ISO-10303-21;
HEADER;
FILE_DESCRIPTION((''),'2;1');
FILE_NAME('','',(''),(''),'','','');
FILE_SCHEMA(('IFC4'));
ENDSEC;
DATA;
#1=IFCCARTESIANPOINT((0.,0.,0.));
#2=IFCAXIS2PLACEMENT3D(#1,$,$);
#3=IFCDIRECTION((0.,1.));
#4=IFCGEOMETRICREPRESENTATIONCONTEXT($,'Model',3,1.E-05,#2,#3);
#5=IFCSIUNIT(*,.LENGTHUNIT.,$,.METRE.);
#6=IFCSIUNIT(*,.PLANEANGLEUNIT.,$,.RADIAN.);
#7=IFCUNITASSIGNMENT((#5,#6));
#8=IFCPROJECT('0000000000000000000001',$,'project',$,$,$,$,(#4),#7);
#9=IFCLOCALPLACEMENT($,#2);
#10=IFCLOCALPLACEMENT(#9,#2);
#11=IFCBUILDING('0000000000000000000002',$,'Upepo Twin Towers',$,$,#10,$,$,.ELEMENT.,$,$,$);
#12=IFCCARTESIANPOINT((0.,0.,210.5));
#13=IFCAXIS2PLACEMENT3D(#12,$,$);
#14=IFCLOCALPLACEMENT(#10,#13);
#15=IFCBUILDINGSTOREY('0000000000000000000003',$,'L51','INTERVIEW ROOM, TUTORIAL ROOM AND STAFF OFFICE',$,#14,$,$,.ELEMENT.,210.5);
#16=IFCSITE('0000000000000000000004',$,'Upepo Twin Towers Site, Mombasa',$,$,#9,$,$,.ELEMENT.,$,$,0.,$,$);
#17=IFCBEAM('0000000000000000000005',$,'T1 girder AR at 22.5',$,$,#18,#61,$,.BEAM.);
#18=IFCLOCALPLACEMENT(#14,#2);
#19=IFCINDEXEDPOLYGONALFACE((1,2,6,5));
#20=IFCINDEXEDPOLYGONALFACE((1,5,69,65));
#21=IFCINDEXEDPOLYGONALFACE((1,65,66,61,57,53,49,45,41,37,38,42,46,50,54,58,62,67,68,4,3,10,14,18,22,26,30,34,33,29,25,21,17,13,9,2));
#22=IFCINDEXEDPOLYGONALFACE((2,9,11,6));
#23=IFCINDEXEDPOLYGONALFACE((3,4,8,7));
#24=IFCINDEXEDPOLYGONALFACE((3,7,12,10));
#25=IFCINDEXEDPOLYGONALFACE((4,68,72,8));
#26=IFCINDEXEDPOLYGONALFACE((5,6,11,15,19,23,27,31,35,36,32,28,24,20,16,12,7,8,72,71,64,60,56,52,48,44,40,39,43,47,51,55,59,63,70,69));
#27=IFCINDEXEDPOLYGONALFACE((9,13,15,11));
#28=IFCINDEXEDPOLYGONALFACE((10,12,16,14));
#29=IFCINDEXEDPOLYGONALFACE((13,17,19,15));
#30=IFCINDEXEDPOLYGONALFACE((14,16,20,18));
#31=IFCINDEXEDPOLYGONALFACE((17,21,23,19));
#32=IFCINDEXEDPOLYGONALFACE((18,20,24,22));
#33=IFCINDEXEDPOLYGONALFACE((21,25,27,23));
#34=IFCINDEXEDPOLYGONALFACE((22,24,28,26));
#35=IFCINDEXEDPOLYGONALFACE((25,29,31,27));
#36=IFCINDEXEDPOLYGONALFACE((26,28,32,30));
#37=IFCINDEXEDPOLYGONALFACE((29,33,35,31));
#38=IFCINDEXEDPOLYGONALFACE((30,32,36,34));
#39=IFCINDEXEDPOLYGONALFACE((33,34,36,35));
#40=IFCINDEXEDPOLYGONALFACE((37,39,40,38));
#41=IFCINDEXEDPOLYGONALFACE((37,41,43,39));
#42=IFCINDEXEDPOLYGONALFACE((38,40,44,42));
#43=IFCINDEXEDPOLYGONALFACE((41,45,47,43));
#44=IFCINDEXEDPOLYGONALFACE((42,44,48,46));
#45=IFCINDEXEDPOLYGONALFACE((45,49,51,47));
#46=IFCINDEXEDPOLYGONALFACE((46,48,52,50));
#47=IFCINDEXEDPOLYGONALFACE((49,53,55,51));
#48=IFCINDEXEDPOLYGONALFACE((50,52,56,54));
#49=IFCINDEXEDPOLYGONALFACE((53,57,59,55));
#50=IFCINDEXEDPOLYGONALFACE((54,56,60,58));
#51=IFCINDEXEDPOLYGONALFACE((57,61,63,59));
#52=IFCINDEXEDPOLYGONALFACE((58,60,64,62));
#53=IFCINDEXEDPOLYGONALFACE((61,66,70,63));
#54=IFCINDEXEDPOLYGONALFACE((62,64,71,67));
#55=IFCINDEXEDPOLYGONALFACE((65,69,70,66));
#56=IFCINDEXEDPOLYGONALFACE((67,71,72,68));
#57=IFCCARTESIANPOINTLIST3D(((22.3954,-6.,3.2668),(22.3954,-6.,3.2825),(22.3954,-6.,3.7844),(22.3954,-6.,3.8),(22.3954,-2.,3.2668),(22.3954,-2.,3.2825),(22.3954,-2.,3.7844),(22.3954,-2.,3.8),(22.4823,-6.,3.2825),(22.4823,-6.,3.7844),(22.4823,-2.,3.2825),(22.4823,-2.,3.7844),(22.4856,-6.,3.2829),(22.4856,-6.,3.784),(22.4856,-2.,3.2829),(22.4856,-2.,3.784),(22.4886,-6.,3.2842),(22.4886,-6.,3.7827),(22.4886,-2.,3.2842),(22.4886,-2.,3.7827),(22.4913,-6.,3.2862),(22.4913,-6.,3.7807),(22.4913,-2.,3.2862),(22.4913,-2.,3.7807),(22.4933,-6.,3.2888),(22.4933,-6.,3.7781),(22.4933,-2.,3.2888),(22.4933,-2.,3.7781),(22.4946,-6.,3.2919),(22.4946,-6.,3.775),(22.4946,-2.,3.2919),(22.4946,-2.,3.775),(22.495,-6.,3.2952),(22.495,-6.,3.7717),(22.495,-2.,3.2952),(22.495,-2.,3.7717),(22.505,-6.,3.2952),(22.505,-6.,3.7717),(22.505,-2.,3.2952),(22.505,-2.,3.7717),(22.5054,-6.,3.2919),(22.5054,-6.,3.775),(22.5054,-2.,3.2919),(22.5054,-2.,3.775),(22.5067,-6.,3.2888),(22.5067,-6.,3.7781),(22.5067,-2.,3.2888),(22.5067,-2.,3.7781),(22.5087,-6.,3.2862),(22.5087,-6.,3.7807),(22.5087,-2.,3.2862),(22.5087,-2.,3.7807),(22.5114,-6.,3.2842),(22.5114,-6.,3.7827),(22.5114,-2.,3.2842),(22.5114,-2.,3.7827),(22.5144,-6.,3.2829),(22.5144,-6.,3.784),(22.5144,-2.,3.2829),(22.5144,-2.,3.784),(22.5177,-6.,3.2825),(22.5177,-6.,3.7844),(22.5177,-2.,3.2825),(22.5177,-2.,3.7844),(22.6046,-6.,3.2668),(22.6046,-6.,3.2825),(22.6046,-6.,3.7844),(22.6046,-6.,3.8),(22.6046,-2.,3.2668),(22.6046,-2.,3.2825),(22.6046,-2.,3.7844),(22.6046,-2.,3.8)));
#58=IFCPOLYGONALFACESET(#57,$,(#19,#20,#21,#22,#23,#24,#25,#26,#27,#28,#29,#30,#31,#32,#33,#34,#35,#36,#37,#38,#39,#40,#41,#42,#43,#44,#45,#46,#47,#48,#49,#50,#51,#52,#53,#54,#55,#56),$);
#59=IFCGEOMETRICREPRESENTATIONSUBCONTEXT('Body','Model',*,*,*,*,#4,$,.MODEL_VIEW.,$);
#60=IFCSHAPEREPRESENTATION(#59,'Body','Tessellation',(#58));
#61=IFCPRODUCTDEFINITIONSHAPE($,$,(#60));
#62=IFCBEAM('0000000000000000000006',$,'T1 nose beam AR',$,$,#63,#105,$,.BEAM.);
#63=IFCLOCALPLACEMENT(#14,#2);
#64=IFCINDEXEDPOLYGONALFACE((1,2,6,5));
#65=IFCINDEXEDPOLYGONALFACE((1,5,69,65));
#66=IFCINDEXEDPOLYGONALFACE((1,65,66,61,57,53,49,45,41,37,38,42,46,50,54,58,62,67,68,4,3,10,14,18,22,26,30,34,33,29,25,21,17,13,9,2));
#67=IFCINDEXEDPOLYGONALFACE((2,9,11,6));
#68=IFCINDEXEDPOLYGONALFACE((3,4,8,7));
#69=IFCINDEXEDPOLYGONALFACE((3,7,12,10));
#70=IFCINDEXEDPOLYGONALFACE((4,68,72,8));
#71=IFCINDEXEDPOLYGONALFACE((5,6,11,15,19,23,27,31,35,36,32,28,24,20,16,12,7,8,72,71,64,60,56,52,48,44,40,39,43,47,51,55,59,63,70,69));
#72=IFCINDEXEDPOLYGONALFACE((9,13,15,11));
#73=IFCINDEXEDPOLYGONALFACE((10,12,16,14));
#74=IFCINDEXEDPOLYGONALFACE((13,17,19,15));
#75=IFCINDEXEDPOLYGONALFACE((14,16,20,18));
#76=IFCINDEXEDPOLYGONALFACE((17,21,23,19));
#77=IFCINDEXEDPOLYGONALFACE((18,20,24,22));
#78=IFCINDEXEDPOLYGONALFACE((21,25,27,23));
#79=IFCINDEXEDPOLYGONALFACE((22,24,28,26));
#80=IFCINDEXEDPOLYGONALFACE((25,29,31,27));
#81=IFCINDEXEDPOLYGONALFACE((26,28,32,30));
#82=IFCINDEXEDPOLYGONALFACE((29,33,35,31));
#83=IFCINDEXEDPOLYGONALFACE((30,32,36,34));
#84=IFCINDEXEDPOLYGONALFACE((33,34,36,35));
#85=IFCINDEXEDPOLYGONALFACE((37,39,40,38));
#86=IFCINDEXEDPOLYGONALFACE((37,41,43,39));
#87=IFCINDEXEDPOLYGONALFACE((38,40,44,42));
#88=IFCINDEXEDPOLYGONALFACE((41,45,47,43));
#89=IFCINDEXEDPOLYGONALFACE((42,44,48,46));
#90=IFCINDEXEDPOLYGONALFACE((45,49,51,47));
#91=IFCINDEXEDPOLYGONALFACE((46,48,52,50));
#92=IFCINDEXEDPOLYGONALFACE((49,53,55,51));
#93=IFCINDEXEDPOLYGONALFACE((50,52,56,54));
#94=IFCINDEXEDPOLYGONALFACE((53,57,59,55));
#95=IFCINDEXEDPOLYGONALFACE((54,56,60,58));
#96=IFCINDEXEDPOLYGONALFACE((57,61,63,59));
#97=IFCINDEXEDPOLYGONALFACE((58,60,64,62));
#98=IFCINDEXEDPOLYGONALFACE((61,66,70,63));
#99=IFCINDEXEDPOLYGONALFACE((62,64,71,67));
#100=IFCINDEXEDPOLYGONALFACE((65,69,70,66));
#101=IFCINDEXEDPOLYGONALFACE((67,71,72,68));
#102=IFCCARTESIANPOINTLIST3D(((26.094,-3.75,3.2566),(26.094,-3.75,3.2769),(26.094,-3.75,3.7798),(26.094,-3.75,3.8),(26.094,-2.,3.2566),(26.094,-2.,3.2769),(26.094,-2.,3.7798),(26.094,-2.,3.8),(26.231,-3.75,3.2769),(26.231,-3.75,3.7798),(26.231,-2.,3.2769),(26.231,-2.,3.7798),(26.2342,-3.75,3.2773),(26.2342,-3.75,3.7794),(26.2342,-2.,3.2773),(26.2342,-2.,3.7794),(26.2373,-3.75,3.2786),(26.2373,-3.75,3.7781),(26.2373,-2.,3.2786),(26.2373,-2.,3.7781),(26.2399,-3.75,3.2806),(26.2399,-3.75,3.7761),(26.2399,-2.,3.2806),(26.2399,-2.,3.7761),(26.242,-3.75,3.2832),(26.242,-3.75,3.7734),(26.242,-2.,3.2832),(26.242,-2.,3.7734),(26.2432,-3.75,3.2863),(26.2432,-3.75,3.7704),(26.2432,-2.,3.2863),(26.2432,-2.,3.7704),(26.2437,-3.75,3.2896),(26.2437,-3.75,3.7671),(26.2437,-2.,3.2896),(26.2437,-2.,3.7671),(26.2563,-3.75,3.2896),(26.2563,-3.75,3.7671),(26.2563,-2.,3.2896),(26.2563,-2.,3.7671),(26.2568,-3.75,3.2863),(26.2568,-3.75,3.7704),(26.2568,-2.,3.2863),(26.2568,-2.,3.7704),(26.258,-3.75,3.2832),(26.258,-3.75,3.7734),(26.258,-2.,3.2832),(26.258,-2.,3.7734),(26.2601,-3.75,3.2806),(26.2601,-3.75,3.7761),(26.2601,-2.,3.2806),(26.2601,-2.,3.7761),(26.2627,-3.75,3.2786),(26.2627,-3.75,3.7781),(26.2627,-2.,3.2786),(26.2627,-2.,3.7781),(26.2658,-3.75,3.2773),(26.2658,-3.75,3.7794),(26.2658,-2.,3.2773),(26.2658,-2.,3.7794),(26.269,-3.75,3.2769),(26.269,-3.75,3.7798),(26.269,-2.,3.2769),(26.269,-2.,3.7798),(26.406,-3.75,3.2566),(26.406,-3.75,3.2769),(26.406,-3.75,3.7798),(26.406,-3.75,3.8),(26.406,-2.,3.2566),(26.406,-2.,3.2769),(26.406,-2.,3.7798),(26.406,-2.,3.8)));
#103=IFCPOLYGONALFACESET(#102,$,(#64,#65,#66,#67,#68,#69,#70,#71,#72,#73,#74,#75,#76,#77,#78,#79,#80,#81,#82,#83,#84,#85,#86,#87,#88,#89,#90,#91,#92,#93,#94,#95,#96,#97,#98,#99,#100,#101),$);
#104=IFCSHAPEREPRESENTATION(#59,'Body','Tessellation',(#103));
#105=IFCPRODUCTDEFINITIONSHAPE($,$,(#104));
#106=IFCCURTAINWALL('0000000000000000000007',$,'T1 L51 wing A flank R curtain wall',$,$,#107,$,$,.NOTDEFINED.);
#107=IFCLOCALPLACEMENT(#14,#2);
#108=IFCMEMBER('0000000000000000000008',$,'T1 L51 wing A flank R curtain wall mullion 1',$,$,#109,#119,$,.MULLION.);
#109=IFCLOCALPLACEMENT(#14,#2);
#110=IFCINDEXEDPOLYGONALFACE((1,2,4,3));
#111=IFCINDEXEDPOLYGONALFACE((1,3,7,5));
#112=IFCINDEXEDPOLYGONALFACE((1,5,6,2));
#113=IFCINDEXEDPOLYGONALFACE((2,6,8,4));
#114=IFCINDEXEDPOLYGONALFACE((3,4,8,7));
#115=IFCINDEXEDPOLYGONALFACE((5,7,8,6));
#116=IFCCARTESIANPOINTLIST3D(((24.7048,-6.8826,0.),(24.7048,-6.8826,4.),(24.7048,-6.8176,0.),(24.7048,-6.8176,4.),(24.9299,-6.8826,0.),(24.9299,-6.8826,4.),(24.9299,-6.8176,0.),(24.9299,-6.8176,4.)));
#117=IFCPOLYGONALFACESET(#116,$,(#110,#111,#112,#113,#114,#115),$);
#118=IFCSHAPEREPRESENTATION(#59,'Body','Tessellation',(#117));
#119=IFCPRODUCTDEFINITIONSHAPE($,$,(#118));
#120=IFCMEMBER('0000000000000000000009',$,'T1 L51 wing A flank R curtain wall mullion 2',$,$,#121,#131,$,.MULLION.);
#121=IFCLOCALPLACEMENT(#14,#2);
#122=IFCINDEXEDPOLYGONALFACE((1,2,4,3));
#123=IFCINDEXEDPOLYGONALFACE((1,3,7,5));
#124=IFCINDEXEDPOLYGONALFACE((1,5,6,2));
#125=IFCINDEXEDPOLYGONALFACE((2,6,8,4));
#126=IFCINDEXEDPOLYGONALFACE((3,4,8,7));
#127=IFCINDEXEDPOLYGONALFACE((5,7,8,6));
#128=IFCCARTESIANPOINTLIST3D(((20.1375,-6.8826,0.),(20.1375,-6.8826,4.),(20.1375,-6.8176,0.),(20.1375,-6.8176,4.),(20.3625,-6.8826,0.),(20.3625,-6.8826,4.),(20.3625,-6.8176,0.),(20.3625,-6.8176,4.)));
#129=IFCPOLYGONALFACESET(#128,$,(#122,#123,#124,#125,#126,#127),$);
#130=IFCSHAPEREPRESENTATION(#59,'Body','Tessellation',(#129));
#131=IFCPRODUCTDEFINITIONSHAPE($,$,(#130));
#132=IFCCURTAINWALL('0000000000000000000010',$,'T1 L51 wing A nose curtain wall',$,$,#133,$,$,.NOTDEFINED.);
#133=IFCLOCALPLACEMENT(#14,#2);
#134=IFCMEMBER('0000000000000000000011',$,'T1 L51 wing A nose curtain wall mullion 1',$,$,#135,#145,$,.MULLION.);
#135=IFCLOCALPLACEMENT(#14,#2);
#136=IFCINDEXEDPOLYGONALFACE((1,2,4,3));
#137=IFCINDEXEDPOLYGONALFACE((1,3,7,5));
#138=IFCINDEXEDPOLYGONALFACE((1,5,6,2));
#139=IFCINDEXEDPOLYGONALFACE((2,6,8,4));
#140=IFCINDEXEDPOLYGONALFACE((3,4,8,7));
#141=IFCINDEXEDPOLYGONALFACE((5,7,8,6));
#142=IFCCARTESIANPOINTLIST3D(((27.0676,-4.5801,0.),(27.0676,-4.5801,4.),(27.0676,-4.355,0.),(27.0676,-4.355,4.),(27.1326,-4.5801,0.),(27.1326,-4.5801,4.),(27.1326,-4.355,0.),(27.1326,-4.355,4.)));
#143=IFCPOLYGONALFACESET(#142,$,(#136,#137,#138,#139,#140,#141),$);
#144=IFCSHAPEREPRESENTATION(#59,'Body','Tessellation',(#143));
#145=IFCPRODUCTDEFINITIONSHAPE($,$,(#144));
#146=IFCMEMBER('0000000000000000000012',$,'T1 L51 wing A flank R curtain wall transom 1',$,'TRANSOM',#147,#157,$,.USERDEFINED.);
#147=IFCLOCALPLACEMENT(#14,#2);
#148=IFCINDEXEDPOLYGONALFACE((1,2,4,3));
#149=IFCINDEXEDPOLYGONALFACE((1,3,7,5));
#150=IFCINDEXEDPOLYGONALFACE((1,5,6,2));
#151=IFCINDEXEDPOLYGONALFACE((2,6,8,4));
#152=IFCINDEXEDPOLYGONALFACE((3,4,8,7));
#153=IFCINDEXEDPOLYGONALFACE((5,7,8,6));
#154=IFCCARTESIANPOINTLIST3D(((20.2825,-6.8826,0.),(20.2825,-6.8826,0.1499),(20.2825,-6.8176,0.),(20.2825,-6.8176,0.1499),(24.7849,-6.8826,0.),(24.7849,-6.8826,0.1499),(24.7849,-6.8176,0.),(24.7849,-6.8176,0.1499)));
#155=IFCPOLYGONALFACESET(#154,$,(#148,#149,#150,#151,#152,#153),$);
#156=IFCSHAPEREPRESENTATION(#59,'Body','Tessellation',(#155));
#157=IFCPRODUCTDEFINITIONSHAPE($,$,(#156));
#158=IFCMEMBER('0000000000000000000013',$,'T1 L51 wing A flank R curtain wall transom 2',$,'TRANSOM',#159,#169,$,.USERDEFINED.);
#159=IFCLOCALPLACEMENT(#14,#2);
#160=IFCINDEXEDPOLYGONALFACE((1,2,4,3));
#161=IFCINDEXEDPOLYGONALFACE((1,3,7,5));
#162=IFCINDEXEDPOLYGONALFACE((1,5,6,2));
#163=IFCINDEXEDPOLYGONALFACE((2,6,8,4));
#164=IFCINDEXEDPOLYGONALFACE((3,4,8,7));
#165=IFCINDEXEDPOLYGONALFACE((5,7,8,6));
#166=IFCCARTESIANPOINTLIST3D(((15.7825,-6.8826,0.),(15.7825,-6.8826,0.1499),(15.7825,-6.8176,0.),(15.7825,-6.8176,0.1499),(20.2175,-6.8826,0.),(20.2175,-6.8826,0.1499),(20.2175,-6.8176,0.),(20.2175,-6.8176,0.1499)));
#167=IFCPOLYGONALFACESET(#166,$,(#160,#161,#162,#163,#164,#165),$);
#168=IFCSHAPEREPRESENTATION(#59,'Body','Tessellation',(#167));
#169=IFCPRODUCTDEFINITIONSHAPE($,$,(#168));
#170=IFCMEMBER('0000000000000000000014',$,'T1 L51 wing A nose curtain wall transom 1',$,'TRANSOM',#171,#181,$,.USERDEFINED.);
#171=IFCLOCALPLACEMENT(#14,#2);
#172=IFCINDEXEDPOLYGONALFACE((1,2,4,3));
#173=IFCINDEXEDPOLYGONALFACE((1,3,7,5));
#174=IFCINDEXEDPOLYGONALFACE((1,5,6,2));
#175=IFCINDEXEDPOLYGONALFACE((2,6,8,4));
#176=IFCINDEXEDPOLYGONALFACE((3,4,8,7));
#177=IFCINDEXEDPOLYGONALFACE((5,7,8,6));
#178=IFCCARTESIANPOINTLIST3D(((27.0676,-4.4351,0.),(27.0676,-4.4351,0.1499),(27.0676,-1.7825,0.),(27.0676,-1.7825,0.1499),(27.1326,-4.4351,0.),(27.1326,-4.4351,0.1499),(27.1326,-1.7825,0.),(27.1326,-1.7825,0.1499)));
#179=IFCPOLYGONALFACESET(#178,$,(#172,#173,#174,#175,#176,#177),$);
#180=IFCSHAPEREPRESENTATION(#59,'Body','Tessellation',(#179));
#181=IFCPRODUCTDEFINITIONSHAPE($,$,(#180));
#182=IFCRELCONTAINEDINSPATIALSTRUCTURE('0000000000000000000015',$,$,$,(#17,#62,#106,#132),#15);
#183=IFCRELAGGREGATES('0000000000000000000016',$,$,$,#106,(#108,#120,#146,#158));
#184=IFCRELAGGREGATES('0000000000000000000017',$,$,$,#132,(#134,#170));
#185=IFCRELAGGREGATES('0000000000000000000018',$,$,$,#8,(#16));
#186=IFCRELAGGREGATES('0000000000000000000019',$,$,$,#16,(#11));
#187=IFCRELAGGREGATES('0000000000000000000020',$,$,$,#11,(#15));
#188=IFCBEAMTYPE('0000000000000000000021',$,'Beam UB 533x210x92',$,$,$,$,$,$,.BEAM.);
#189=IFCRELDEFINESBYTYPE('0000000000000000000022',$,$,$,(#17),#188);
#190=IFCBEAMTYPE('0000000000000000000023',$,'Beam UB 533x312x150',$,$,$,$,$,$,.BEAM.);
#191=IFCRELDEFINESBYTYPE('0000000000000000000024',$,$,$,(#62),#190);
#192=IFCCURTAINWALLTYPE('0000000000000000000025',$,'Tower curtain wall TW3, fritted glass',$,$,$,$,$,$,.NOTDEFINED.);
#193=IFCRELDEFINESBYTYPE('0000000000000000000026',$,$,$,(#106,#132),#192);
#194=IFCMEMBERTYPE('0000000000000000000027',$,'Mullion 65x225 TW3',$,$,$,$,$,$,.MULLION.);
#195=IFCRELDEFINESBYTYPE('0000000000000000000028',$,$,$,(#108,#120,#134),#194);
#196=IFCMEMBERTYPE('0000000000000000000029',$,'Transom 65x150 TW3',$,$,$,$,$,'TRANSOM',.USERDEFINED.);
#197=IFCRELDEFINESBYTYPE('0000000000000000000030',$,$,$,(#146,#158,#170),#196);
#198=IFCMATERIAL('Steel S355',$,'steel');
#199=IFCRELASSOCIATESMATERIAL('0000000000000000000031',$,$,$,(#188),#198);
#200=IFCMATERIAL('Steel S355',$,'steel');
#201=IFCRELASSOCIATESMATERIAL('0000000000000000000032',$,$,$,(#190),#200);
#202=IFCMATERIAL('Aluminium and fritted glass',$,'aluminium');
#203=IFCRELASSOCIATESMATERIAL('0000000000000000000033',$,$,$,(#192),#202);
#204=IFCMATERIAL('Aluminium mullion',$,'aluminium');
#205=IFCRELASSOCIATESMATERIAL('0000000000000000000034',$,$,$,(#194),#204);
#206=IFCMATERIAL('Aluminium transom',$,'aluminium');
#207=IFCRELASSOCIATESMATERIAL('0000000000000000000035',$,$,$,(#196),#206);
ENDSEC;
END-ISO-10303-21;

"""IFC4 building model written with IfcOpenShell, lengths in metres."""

from ifc_helpers import new_model, si_unit, direction, frame, origin, origin_2d, place, context, subcontext, project, spatial, rectangle, i_section, extrude, material, material_profile, profile_set, type_object, element, aggregate, save


model = new_model("IFC4")

# Units and contexts
model_context = context("Model", 3, precision=1e-05, world=origin(), true_north=direction((0.0, 1.0)))
body_context = subcontext(model_context, "Body", "Model", "MODEL_VIEW")
ifc_project = project(units=[si_unit("LENGTHUNIT", "METRE"), si_unit("PLANEANGLEUNIT", "RADIAN")], contexts=[model_context])

# Site, building, storey
site_placement = place(None, origin())
site = spatial("IfcSite", under=ifc_project, at=site_placement, Name="Upepo Twin Towers Site, Mombasa", CompositionType="ELEMENT", RefElevation=0.0)
building_placement = place(site_placement, origin())
building = spatial("IfcBuilding", under=site, at=building_placement, Name="Upepo Twin Towers", CompositionType="ELEMENT")
storey_placement = place(building_placement, frame((0.0, 0.0, 210.5)))
storey = spatial("IfcBuildingStorey", under=building, at=storey_placement, Name="L51", Description="INTERVIEW ROOM, TUTORIAL ROOM AND STAFF OFFICE", CompositionType="ELEMENT", Elevation=210.5)

# Beams
ifc_material_1 = material(Name="Steel S355", Category="steel")
ifc_material_profile_1 = material_profile(ifc_material_1, i_section(OverallWidth=0.2092, OverallDepth=0.5332, WebThickness=0.01, FlangeThickness=0.0156, FilletRadius=0.0127, at=origin_2d()), Name="UB 533x210x92")
ifc_profile_set_1 = profile_set([ifc_material_profile_1], Name="Steel S355")
beam_type_1 = type_object("IfcBeamType", Name="Beam UB 533x210x92", PredefinedType="BEAM", material=ifc_profile_set_1)
for number, where, z_axis, x_axis, name in (
    (1, (22.5, -6.0, 3.5334), (0.0, 1.0, 0.0), (-1.0, 0.0, 0.0), "T1 girder AR at 22.5"),
):
    element("IfcBeam", number, at=place(storey_placement, frame(where, z_axis=z_axis, x_axis=x_axis)), inside=storey, type_object=beam_type_1, Name=name, PredefinedType="BEAM", context=body_context, shape_type="SweptSolid", body=[
        extrude(i_section(OverallWidth=0.2092, OverallDepth=0.5332, WebThickness=0.01, FlangeThickness=0.0156, FilletRadius=0.0127, at=origin_2d()), origin(), (0.0, 0.0, 1.0), 4.0),
    ])
ifc_material_2 = material(Name="Steel S355", Category="steel")
ifc_material_profile_2 = material_profile(ifc_material_2, i_section(OverallWidth=0.312, OverallDepth=0.5435, WebThickness=0.0127, FlangeThickness=0.0203, FilletRadius=0.0127, at=origin_2d()), Name="UB 533x312x150")
ifc_profile_set_2 = profile_set([ifc_material_profile_2], Name="Steel S355")
beam_type_2 = type_object("IfcBeamType", Name="Beam UB 533x312x150", PredefinedType="BEAM", material=ifc_profile_set_2)
beam_1_placement = place(storey_placement, frame((26.25, -3.75, 3.5283), z_axis=(0.0, 1.0, 0.0), x_axis=(-1.0, 0.0, 0.0)))
element("IfcBeam", 2, at=beam_1_placement, inside=storey, type_object=beam_type_2, Name="T1 nose beam AR", PredefinedType="BEAM", context=body_context, shape_type="SweptSolid", body=[
    extrude(i_section(OverallWidth=0.312, OverallDepth=0.5435, WebThickness=0.0127, FlangeThickness=0.0203, FilletRadius=0.0127, at=origin_2d()), origin(), (0.0, 0.0, 1.0), 1.75),
])

# Curtain wall, members
ifc_material_3 = material(Name="Aluminium and fritted glass", Category="aluminium")
curtain_wall_type = type_object("IfcCurtainWallType", Name="Tower curtain wall TW3, fritted glass", PredefinedType="NOTDEFINED", material=ifc_material_3)
curtain_wall_1_placement = place(storey_placement, origin())
curtain_wall_1 = element("IfcCurtainWall", 3, at=curtain_wall_1_placement, inside=storey, type_object=curtain_wall_type, Name="T1 L51 wing A flank R curtain wall", PredefinedType="NOTDEFINED")
ifc_material_4 = material(Name="Aluminium mullion", Category="aluminium")
ifc_material_profile_3 = material_profile(ifc_material_4, rectangle(XDim=0.0649, YDim=0.2251, at=origin_2d()), Name="MULLION 65x225")
ifc_profile_set_3 = profile_set([ifc_material_profile_3], Name="Aluminium mullion")
member_type_1 = type_object("IfcMemberType", Name="Mullion 65x225 TW3", PredefinedType="MULLION", material=ifc_profile_set_3)
member_1_placement = place(storey_placement, frame((24.8174, -6.8501, 0.0), z_axis=(0.0, 0.0, 1.0), x_axis=(0.0, -1.0, 0.0)))
member_1 = element("IfcMember", 4, at=member_1_placement, type_object=member_type_1, Name="T1 L51 wing A flank R curtain wall mullion 1", PredefinedType="MULLION", context=body_context, shape_type="SweptSolid", body=[
    extrude(rectangle(XDim=0.0649, YDim=0.2251, at=origin_2d()), origin(), (0.0, 0.0, 1.0), 4.0),
])
member_2_placement = place(storey_placement, frame((20.25, -6.8501, 0.0), z_axis=(0.0, 0.0, 1.0), x_axis=(0.0, -1.0, 0.0)))
member_2 = element("IfcMember", 5, at=member_2_placement, type_object=member_type_1, Name="T1 L51 wing A flank R curtain wall mullion 2", PredefinedType="MULLION", context=body_context, shape_type="SweptSolid", body=[
    extrude(rectangle(XDim=0.0649, YDim=0.2251, at=origin_2d()), origin(), (0.0, 0.0, 1.0), 4.0),
])

# Curtain wall, member
curtain_wall_2_placement = place(storey_placement, origin())
curtain_wall_2 = element("IfcCurtainWall", 6, at=curtain_wall_2_placement, inside=storey, type_object=curtain_wall_type, Name="T1 L51 wing A nose curtain wall", PredefinedType="NOTDEFINED")
member_3_placement = place(storey_placement, frame((27.1001, -4.4675, 0.0), z_axis=(0.0, 0.0, 1.0), x_axis=(-1.0, 0.0, 0.0)))
member_3 = element("IfcMember", 7, at=member_3_placement, type_object=member_type_1, Name="T1 L51 wing A nose curtain wall mullion 1", PredefinedType="MULLION", context=body_context, shape_type="SweptSolid", body=[
    extrude(rectangle(XDim=0.0649, YDim=0.2251, at=origin_2d()), origin(), (0.0, 0.0, 1.0), 4.0),
])

# Members
ifc_material_5 = material(Name="Aluminium transom", Category="aluminium")
ifc_material_profile_4 = material_profile(ifc_material_5, rectangle(XDim=0.0649, YDim=0.1499, at=origin_2d()), Name="TRANSOM 65x150")
ifc_profile_set_4 = profile_set([ifc_material_profile_4], Name="Aluminium transom")
member_type_2 = type_object("IfcMemberType", Name="Transom 65x150 TW3", ElementType="TRANSOM", PredefinedType="USERDEFINED", material=ifc_profile_set_4)
member_4_placement = place(storey_placement, frame((24.7849, -6.8501, 0.075), z_axis=(-1.0, 0.0, 0.0), x_axis=(0.0, -1.0, 0.0)))
member_4 = element("IfcMember", 8, at=member_4_placement, type_object=member_type_2, Name="T1 L51 wing A flank R curtain wall transom 1", ObjectType="TRANSOM", PredefinedType="USERDEFINED", context=body_context, shape_type="SweptSolid", body=[
    extrude(rectangle(XDim=0.0649, YDim=0.1499, at=origin_2d()), origin(), (0.0, 0.0, 1.0), 4.5024),
])
member_5_placement = place(storey_placement, frame((20.2175, -6.8501, 0.075), z_axis=(-1.0, 0.0, 0.0), x_axis=(0.0, -1.0, 0.0)))
member_5 = element("IfcMember", 9, at=member_5_placement, type_object=member_type_2, Name="T1 L51 wing A flank R curtain wall transom 2", ObjectType="TRANSOM", PredefinedType="USERDEFINED", context=body_context, shape_type="SweptSolid", body=[
    extrude(rectangle(XDim=0.0649, YDim=0.1499, at=origin_2d()), origin(), (0.0, 0.0, 1.0), 4.4351),
])
member_6_placement = place(storey_placement, frame((27.1001, -4.4351, 0.075), z_axis=(0.0, 1.0, 0.0), x_axis=(-1.0, 0.0, 0.0)))
member_6 = element("IfcMember", 10, at=member_6_placement, type_object=member_type_2, Name="T1 L51 wing A nose curtain wall transom 1", ObjectType="TRANSOM", PredefinedType="USERDEFINED", context=body_context, shape_type="SweptSolid", body=[
    extrude(rectangle(XDim=0.0649, YDim=0.1499, at=origin_2d()), origin(), (0.0, 0.0, 1.0), 2.6526),
])

aggregate(curtain_wall_1, [member_1, member_2, member_4, member_5])
aggregate(curtain_wall_2, [member_3, member_6])

save(model, "model.ifc")
